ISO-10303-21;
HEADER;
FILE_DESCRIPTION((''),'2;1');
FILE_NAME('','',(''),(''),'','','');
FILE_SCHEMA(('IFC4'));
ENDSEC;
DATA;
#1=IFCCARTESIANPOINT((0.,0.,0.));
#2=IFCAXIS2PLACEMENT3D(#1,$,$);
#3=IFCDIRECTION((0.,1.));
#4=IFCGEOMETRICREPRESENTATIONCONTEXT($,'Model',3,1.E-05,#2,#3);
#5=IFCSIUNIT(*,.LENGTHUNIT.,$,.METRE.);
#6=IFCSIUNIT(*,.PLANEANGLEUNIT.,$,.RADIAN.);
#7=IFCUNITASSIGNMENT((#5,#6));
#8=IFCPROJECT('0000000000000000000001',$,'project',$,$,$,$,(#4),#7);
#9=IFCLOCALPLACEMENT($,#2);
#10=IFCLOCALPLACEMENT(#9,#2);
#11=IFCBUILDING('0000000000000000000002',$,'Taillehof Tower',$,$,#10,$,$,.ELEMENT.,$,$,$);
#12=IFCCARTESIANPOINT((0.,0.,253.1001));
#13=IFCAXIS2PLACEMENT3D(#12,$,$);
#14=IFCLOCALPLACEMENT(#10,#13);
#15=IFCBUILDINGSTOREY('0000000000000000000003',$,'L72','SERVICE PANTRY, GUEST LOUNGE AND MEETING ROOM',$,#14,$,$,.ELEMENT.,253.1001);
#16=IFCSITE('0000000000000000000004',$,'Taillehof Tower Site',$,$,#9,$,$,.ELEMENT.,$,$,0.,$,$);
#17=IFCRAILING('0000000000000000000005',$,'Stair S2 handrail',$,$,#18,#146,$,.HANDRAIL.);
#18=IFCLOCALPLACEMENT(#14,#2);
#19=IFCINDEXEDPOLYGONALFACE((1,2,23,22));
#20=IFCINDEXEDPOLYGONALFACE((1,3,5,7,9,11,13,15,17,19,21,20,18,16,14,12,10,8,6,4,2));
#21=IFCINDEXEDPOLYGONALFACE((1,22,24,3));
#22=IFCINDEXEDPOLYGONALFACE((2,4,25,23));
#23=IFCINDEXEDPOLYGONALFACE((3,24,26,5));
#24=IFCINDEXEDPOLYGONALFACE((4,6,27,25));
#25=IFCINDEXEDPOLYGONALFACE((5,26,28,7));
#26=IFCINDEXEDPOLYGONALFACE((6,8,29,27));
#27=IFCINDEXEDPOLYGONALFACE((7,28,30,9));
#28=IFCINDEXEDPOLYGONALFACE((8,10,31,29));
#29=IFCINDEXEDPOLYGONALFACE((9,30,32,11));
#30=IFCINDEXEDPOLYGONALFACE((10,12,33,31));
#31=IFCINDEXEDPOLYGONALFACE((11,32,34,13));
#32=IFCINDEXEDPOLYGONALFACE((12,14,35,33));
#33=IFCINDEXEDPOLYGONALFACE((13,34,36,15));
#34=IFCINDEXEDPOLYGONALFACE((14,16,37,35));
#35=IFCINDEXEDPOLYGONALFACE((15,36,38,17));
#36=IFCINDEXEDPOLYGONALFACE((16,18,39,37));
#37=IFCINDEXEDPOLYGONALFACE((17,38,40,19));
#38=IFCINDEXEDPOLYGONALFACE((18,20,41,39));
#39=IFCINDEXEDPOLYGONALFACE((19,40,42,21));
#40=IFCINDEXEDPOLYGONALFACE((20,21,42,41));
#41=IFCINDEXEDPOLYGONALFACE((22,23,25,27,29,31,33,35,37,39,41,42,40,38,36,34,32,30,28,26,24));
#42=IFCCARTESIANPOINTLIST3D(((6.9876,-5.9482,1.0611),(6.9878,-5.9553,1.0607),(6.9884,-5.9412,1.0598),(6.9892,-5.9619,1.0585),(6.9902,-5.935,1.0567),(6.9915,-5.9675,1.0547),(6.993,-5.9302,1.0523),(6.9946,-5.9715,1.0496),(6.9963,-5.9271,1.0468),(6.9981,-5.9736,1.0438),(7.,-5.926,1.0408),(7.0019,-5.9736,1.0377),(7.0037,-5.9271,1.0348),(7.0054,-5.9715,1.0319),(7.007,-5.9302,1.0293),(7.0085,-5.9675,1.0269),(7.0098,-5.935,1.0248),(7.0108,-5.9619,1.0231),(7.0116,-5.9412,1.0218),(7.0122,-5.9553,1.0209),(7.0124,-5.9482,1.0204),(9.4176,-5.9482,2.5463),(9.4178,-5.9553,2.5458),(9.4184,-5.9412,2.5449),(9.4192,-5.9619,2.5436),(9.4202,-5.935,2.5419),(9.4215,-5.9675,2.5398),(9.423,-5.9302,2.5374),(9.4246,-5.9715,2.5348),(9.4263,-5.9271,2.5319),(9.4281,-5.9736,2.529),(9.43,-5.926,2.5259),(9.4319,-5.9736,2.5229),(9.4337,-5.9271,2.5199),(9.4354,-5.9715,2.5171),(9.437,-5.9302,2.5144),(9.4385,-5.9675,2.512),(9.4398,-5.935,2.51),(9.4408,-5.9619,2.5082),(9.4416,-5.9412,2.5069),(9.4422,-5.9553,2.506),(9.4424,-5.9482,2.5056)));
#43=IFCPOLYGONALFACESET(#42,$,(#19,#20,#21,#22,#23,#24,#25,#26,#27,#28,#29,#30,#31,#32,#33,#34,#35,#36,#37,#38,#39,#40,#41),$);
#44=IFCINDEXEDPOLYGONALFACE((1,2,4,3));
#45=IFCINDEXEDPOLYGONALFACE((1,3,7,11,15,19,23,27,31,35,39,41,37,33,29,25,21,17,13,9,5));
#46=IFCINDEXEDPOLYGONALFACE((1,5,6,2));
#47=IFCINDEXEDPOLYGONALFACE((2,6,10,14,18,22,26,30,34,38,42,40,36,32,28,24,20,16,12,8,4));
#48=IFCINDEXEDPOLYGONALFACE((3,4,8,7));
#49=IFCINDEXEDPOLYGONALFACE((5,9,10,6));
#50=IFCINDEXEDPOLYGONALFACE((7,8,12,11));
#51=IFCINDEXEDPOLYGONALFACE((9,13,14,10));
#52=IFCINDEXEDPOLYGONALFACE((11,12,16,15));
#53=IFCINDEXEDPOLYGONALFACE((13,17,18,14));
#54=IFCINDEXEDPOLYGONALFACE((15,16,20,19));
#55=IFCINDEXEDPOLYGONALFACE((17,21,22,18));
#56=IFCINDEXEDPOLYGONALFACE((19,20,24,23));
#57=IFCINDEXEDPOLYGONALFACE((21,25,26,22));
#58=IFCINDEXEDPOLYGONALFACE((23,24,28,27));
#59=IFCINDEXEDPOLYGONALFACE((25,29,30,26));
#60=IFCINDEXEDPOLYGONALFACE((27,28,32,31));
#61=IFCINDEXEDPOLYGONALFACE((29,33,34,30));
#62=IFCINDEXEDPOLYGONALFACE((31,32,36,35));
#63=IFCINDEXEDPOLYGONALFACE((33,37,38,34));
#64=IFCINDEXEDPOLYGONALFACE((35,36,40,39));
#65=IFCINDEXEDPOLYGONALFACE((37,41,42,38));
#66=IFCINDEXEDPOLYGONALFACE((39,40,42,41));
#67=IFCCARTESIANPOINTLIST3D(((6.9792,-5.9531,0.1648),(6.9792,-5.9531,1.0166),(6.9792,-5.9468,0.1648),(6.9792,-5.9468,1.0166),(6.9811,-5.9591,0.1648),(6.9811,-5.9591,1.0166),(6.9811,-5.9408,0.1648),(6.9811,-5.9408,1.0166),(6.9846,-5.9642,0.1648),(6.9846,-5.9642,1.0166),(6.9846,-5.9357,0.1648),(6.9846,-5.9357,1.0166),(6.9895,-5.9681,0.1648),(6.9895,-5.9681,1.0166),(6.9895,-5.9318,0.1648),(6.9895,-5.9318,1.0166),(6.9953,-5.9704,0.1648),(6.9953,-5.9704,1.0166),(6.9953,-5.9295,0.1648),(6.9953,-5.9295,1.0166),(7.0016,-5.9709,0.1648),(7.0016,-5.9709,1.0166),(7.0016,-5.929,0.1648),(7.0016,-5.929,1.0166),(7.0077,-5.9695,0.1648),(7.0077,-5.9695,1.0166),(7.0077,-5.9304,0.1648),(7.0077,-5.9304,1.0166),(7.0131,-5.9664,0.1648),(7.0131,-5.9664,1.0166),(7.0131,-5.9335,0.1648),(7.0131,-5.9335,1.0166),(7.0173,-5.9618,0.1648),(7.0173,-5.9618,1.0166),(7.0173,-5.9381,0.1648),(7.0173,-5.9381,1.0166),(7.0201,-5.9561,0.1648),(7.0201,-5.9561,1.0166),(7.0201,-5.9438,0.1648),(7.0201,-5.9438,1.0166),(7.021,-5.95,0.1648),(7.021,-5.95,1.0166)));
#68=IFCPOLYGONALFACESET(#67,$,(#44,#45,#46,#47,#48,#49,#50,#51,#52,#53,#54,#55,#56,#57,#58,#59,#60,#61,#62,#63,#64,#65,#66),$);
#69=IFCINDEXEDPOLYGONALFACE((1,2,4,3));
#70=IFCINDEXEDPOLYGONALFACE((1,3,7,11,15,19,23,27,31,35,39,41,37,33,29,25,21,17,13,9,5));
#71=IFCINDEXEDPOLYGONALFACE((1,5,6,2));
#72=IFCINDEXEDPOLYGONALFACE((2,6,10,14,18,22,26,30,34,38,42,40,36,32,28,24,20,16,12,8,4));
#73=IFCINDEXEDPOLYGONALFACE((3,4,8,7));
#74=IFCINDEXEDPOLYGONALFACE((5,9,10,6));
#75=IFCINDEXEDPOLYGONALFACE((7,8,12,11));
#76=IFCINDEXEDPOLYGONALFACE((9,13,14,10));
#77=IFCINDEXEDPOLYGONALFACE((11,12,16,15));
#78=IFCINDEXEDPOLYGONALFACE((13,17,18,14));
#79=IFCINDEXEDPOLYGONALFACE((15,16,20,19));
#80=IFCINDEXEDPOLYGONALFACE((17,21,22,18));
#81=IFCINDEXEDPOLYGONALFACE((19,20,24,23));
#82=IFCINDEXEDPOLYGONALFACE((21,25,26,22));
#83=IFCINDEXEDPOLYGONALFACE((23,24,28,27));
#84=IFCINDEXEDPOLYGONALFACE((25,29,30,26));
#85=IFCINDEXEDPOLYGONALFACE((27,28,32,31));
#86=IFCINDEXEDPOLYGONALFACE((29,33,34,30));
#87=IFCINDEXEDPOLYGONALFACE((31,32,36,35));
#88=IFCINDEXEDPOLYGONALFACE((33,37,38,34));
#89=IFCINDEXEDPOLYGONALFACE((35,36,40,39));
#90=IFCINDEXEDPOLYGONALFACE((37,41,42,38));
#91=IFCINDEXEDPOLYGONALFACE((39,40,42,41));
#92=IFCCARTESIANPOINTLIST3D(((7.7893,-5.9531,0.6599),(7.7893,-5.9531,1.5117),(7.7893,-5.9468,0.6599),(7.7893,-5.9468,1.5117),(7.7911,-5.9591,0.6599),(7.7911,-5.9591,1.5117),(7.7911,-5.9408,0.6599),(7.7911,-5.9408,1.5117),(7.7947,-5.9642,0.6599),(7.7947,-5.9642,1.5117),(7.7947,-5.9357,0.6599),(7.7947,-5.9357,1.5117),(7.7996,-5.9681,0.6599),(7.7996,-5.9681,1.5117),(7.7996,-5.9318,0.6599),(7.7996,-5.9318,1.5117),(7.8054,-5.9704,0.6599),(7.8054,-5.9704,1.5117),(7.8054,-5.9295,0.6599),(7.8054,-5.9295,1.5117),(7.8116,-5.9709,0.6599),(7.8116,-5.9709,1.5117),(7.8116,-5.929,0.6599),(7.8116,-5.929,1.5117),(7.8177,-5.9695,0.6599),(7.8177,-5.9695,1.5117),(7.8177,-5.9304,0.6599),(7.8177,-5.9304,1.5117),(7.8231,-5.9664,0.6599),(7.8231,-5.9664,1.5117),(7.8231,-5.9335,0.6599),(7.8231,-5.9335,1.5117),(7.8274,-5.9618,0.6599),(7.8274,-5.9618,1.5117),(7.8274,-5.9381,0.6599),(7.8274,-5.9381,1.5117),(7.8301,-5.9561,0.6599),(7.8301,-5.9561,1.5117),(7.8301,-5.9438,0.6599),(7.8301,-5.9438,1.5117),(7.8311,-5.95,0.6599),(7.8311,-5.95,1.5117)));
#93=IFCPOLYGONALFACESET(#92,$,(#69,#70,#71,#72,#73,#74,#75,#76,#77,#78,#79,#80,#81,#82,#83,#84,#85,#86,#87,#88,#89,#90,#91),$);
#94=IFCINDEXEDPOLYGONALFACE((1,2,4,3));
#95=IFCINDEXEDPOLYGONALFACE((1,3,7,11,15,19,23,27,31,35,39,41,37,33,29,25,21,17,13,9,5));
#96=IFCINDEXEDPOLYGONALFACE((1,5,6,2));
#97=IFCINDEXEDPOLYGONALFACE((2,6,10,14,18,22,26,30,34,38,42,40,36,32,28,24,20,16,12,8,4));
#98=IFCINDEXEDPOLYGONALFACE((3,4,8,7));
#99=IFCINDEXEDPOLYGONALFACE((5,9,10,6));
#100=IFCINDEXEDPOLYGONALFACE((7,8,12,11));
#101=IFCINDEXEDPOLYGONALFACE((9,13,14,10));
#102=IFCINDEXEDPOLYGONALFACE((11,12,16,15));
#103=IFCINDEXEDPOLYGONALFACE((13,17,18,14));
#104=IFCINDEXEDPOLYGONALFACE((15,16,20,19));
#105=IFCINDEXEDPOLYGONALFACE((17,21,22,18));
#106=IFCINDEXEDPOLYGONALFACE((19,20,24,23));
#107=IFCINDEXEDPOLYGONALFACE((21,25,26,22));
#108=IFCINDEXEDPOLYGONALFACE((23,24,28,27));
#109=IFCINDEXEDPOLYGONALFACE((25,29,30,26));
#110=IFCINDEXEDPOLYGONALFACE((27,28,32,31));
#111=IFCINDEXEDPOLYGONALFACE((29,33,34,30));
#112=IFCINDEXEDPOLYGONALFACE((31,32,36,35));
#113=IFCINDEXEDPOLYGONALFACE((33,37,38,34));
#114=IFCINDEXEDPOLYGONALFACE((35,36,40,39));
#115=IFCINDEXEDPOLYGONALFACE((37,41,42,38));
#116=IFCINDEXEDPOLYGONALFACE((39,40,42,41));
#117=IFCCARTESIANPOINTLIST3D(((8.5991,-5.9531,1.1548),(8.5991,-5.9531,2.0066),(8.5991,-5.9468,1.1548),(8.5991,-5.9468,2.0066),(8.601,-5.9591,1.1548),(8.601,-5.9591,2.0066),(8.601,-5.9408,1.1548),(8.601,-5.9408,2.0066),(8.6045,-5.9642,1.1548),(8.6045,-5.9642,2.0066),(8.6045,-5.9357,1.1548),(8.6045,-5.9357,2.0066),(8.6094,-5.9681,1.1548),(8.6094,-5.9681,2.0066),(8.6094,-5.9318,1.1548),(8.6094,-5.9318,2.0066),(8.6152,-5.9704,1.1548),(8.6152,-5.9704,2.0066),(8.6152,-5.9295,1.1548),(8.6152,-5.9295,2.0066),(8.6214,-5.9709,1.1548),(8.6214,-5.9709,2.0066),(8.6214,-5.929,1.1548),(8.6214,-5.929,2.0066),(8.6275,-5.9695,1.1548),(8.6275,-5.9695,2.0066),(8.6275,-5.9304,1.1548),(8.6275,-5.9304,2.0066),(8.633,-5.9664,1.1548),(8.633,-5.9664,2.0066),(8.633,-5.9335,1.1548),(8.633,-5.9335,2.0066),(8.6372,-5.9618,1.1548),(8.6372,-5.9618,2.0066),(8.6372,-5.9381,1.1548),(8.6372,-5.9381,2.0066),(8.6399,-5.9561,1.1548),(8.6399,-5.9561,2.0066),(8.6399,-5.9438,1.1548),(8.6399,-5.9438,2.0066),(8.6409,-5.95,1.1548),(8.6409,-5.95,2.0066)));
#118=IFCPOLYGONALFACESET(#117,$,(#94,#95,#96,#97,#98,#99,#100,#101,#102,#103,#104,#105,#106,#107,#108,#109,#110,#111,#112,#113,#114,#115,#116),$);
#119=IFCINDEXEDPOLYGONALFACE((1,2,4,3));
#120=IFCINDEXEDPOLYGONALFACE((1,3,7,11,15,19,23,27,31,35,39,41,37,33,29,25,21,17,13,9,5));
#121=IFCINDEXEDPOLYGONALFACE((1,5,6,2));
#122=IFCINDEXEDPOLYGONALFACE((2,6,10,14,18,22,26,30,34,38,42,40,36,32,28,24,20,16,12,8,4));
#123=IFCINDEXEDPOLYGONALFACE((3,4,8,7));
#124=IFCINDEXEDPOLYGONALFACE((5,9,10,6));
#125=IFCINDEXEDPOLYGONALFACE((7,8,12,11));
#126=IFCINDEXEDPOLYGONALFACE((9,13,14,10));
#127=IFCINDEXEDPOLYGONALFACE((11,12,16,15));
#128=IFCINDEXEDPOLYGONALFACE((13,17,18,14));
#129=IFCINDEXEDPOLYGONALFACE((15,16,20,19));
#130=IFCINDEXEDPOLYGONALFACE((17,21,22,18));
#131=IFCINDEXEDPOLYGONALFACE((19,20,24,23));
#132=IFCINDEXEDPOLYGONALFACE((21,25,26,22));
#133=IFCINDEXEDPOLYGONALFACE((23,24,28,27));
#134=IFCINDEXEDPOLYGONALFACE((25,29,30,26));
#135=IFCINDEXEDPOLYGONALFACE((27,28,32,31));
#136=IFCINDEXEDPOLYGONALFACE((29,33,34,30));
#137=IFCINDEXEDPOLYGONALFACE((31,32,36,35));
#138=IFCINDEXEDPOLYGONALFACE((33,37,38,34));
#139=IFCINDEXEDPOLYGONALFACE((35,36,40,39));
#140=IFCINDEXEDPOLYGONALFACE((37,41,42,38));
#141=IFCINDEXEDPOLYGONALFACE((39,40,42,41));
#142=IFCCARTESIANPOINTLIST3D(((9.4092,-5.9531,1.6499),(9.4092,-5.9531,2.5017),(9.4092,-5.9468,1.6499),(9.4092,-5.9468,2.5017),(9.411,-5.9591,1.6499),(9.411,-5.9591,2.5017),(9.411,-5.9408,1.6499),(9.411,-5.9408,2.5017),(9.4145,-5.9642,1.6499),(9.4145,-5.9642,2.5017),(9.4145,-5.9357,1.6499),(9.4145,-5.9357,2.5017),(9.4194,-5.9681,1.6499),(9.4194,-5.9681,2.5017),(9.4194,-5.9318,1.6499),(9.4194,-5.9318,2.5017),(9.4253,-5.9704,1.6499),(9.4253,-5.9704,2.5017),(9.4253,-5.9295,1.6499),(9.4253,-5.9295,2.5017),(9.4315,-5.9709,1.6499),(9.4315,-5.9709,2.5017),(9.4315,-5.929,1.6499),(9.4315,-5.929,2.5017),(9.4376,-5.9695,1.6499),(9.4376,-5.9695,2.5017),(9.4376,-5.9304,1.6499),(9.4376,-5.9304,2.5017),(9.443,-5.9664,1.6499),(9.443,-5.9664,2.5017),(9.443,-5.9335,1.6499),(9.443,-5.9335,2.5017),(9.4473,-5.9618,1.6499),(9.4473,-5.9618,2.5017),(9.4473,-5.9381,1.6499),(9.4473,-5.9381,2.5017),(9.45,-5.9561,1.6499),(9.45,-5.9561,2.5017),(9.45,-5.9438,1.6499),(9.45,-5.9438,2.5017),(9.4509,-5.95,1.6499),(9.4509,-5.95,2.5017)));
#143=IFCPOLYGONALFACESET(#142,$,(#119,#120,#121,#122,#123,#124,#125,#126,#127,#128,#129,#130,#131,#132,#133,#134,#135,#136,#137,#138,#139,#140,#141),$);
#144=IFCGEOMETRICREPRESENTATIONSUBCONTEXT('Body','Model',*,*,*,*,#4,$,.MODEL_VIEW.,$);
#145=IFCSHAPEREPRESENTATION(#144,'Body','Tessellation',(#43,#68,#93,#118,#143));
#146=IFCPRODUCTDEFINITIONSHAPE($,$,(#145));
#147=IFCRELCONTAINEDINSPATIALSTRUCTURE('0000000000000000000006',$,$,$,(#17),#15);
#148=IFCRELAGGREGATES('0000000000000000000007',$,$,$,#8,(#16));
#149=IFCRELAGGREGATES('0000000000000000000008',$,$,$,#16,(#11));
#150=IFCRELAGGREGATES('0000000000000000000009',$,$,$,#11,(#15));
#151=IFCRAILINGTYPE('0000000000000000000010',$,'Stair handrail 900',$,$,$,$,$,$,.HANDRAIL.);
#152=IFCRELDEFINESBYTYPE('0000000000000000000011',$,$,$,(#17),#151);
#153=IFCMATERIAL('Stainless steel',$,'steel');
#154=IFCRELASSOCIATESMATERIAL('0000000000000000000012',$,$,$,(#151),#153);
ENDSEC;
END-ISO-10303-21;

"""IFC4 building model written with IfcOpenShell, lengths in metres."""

from ifc_helpers import new_model, si_unit, direction, frame, origin, origin_2d, place, context, subcontext, project, spatial, circle, extrude, material, type_object, element, save


model = new_model("IFC4")

# Units and contexts
model_context = context("Model", 3, precision=1e-05, world=origin(), true_north=direction((0.0, 1.0)))
body_context = subcontext(model_context, "Body", "Model", "MODEL_VIEW")
ifc_project = project(units=[si_unit("LENGTHUNIT", "METRE"), si_unit("PLANEANGLEUNIT", "RADIAN")], contexts=[model_context])

# Site, building, storey
site_placement = place(None, origin())
site = spatial("IfcSite", under=ifc_project, at=site_placement, Name="Taillehof Tower Site", CompositionType="ELEMENT", RefElevation=0.0)
building_placement = place(site_placement, origin())
building = spatial("IfcBuilding", under=site, at=building_placement, Name="Taillehof Tower", CompositionType="ELEMENT")
storey_placement = place(building_placement, frame((0.0, 0.0, 253.1001)))
storey = spatial("IfcBuildingStorey", under=building, at=storey_placement, Name="L72", Description="SERVICE PANTRY, GUEST LOUNGE AND MEETING ROOM", CompositionType="ELEMENT", Elevation=253.1001)

# Railing
ifc_material_1 = material(Name="Stainless steel", Category="steel")
railing_type = type_object("IfcRailingType", Name="Stair handrail 900", PredefinedType="HANDRAIL", material=ifc_material_1)
railing_placement = place(storey_placement, frame((7.0, -5.95, 0.1648)))
element("IfcRailing", 1, at=railing_placement, inside=storey, type_object=railing_type, Name="Stair S2 handrail", PredefinedType="HANDRAIL", context=body_context, shape_type="SweptSolid", body=[
    extrude(circle(Radius=0.0239, at=origin_2d()), frame((0.0, 0.0, 0.876), z_axis=(0.853259, 0.0, 0.521488), x_axis=(0.0, 1.0, 0.0)), (0.0, 0.0, 1.0), 2.8479),
    extrude(circle(Radius=0.021, at=origin_2d()), origin(), (0.0, 0.0, 1.0), 0.8518),
    extrude(circle(Radius=0.021, at=origin_2d()), frame((0.8101, 0.0, 0.4951)), (0.0, 0.0, 1.0), 0.8518),
    extrude(circle(Radius=0.021, at=origin_2d()), frame((1.6199, 0.0, 0.99)), (0.0, 0.0, 1.0), 0.8518),
    extrude(circle(Radius=0.021, at=origin_2d()), frame((2.4299, 0.0, 1.4851)), (0.0, 0.0, 1.0), 0.8518),
])

save(model, "model.ifc")
